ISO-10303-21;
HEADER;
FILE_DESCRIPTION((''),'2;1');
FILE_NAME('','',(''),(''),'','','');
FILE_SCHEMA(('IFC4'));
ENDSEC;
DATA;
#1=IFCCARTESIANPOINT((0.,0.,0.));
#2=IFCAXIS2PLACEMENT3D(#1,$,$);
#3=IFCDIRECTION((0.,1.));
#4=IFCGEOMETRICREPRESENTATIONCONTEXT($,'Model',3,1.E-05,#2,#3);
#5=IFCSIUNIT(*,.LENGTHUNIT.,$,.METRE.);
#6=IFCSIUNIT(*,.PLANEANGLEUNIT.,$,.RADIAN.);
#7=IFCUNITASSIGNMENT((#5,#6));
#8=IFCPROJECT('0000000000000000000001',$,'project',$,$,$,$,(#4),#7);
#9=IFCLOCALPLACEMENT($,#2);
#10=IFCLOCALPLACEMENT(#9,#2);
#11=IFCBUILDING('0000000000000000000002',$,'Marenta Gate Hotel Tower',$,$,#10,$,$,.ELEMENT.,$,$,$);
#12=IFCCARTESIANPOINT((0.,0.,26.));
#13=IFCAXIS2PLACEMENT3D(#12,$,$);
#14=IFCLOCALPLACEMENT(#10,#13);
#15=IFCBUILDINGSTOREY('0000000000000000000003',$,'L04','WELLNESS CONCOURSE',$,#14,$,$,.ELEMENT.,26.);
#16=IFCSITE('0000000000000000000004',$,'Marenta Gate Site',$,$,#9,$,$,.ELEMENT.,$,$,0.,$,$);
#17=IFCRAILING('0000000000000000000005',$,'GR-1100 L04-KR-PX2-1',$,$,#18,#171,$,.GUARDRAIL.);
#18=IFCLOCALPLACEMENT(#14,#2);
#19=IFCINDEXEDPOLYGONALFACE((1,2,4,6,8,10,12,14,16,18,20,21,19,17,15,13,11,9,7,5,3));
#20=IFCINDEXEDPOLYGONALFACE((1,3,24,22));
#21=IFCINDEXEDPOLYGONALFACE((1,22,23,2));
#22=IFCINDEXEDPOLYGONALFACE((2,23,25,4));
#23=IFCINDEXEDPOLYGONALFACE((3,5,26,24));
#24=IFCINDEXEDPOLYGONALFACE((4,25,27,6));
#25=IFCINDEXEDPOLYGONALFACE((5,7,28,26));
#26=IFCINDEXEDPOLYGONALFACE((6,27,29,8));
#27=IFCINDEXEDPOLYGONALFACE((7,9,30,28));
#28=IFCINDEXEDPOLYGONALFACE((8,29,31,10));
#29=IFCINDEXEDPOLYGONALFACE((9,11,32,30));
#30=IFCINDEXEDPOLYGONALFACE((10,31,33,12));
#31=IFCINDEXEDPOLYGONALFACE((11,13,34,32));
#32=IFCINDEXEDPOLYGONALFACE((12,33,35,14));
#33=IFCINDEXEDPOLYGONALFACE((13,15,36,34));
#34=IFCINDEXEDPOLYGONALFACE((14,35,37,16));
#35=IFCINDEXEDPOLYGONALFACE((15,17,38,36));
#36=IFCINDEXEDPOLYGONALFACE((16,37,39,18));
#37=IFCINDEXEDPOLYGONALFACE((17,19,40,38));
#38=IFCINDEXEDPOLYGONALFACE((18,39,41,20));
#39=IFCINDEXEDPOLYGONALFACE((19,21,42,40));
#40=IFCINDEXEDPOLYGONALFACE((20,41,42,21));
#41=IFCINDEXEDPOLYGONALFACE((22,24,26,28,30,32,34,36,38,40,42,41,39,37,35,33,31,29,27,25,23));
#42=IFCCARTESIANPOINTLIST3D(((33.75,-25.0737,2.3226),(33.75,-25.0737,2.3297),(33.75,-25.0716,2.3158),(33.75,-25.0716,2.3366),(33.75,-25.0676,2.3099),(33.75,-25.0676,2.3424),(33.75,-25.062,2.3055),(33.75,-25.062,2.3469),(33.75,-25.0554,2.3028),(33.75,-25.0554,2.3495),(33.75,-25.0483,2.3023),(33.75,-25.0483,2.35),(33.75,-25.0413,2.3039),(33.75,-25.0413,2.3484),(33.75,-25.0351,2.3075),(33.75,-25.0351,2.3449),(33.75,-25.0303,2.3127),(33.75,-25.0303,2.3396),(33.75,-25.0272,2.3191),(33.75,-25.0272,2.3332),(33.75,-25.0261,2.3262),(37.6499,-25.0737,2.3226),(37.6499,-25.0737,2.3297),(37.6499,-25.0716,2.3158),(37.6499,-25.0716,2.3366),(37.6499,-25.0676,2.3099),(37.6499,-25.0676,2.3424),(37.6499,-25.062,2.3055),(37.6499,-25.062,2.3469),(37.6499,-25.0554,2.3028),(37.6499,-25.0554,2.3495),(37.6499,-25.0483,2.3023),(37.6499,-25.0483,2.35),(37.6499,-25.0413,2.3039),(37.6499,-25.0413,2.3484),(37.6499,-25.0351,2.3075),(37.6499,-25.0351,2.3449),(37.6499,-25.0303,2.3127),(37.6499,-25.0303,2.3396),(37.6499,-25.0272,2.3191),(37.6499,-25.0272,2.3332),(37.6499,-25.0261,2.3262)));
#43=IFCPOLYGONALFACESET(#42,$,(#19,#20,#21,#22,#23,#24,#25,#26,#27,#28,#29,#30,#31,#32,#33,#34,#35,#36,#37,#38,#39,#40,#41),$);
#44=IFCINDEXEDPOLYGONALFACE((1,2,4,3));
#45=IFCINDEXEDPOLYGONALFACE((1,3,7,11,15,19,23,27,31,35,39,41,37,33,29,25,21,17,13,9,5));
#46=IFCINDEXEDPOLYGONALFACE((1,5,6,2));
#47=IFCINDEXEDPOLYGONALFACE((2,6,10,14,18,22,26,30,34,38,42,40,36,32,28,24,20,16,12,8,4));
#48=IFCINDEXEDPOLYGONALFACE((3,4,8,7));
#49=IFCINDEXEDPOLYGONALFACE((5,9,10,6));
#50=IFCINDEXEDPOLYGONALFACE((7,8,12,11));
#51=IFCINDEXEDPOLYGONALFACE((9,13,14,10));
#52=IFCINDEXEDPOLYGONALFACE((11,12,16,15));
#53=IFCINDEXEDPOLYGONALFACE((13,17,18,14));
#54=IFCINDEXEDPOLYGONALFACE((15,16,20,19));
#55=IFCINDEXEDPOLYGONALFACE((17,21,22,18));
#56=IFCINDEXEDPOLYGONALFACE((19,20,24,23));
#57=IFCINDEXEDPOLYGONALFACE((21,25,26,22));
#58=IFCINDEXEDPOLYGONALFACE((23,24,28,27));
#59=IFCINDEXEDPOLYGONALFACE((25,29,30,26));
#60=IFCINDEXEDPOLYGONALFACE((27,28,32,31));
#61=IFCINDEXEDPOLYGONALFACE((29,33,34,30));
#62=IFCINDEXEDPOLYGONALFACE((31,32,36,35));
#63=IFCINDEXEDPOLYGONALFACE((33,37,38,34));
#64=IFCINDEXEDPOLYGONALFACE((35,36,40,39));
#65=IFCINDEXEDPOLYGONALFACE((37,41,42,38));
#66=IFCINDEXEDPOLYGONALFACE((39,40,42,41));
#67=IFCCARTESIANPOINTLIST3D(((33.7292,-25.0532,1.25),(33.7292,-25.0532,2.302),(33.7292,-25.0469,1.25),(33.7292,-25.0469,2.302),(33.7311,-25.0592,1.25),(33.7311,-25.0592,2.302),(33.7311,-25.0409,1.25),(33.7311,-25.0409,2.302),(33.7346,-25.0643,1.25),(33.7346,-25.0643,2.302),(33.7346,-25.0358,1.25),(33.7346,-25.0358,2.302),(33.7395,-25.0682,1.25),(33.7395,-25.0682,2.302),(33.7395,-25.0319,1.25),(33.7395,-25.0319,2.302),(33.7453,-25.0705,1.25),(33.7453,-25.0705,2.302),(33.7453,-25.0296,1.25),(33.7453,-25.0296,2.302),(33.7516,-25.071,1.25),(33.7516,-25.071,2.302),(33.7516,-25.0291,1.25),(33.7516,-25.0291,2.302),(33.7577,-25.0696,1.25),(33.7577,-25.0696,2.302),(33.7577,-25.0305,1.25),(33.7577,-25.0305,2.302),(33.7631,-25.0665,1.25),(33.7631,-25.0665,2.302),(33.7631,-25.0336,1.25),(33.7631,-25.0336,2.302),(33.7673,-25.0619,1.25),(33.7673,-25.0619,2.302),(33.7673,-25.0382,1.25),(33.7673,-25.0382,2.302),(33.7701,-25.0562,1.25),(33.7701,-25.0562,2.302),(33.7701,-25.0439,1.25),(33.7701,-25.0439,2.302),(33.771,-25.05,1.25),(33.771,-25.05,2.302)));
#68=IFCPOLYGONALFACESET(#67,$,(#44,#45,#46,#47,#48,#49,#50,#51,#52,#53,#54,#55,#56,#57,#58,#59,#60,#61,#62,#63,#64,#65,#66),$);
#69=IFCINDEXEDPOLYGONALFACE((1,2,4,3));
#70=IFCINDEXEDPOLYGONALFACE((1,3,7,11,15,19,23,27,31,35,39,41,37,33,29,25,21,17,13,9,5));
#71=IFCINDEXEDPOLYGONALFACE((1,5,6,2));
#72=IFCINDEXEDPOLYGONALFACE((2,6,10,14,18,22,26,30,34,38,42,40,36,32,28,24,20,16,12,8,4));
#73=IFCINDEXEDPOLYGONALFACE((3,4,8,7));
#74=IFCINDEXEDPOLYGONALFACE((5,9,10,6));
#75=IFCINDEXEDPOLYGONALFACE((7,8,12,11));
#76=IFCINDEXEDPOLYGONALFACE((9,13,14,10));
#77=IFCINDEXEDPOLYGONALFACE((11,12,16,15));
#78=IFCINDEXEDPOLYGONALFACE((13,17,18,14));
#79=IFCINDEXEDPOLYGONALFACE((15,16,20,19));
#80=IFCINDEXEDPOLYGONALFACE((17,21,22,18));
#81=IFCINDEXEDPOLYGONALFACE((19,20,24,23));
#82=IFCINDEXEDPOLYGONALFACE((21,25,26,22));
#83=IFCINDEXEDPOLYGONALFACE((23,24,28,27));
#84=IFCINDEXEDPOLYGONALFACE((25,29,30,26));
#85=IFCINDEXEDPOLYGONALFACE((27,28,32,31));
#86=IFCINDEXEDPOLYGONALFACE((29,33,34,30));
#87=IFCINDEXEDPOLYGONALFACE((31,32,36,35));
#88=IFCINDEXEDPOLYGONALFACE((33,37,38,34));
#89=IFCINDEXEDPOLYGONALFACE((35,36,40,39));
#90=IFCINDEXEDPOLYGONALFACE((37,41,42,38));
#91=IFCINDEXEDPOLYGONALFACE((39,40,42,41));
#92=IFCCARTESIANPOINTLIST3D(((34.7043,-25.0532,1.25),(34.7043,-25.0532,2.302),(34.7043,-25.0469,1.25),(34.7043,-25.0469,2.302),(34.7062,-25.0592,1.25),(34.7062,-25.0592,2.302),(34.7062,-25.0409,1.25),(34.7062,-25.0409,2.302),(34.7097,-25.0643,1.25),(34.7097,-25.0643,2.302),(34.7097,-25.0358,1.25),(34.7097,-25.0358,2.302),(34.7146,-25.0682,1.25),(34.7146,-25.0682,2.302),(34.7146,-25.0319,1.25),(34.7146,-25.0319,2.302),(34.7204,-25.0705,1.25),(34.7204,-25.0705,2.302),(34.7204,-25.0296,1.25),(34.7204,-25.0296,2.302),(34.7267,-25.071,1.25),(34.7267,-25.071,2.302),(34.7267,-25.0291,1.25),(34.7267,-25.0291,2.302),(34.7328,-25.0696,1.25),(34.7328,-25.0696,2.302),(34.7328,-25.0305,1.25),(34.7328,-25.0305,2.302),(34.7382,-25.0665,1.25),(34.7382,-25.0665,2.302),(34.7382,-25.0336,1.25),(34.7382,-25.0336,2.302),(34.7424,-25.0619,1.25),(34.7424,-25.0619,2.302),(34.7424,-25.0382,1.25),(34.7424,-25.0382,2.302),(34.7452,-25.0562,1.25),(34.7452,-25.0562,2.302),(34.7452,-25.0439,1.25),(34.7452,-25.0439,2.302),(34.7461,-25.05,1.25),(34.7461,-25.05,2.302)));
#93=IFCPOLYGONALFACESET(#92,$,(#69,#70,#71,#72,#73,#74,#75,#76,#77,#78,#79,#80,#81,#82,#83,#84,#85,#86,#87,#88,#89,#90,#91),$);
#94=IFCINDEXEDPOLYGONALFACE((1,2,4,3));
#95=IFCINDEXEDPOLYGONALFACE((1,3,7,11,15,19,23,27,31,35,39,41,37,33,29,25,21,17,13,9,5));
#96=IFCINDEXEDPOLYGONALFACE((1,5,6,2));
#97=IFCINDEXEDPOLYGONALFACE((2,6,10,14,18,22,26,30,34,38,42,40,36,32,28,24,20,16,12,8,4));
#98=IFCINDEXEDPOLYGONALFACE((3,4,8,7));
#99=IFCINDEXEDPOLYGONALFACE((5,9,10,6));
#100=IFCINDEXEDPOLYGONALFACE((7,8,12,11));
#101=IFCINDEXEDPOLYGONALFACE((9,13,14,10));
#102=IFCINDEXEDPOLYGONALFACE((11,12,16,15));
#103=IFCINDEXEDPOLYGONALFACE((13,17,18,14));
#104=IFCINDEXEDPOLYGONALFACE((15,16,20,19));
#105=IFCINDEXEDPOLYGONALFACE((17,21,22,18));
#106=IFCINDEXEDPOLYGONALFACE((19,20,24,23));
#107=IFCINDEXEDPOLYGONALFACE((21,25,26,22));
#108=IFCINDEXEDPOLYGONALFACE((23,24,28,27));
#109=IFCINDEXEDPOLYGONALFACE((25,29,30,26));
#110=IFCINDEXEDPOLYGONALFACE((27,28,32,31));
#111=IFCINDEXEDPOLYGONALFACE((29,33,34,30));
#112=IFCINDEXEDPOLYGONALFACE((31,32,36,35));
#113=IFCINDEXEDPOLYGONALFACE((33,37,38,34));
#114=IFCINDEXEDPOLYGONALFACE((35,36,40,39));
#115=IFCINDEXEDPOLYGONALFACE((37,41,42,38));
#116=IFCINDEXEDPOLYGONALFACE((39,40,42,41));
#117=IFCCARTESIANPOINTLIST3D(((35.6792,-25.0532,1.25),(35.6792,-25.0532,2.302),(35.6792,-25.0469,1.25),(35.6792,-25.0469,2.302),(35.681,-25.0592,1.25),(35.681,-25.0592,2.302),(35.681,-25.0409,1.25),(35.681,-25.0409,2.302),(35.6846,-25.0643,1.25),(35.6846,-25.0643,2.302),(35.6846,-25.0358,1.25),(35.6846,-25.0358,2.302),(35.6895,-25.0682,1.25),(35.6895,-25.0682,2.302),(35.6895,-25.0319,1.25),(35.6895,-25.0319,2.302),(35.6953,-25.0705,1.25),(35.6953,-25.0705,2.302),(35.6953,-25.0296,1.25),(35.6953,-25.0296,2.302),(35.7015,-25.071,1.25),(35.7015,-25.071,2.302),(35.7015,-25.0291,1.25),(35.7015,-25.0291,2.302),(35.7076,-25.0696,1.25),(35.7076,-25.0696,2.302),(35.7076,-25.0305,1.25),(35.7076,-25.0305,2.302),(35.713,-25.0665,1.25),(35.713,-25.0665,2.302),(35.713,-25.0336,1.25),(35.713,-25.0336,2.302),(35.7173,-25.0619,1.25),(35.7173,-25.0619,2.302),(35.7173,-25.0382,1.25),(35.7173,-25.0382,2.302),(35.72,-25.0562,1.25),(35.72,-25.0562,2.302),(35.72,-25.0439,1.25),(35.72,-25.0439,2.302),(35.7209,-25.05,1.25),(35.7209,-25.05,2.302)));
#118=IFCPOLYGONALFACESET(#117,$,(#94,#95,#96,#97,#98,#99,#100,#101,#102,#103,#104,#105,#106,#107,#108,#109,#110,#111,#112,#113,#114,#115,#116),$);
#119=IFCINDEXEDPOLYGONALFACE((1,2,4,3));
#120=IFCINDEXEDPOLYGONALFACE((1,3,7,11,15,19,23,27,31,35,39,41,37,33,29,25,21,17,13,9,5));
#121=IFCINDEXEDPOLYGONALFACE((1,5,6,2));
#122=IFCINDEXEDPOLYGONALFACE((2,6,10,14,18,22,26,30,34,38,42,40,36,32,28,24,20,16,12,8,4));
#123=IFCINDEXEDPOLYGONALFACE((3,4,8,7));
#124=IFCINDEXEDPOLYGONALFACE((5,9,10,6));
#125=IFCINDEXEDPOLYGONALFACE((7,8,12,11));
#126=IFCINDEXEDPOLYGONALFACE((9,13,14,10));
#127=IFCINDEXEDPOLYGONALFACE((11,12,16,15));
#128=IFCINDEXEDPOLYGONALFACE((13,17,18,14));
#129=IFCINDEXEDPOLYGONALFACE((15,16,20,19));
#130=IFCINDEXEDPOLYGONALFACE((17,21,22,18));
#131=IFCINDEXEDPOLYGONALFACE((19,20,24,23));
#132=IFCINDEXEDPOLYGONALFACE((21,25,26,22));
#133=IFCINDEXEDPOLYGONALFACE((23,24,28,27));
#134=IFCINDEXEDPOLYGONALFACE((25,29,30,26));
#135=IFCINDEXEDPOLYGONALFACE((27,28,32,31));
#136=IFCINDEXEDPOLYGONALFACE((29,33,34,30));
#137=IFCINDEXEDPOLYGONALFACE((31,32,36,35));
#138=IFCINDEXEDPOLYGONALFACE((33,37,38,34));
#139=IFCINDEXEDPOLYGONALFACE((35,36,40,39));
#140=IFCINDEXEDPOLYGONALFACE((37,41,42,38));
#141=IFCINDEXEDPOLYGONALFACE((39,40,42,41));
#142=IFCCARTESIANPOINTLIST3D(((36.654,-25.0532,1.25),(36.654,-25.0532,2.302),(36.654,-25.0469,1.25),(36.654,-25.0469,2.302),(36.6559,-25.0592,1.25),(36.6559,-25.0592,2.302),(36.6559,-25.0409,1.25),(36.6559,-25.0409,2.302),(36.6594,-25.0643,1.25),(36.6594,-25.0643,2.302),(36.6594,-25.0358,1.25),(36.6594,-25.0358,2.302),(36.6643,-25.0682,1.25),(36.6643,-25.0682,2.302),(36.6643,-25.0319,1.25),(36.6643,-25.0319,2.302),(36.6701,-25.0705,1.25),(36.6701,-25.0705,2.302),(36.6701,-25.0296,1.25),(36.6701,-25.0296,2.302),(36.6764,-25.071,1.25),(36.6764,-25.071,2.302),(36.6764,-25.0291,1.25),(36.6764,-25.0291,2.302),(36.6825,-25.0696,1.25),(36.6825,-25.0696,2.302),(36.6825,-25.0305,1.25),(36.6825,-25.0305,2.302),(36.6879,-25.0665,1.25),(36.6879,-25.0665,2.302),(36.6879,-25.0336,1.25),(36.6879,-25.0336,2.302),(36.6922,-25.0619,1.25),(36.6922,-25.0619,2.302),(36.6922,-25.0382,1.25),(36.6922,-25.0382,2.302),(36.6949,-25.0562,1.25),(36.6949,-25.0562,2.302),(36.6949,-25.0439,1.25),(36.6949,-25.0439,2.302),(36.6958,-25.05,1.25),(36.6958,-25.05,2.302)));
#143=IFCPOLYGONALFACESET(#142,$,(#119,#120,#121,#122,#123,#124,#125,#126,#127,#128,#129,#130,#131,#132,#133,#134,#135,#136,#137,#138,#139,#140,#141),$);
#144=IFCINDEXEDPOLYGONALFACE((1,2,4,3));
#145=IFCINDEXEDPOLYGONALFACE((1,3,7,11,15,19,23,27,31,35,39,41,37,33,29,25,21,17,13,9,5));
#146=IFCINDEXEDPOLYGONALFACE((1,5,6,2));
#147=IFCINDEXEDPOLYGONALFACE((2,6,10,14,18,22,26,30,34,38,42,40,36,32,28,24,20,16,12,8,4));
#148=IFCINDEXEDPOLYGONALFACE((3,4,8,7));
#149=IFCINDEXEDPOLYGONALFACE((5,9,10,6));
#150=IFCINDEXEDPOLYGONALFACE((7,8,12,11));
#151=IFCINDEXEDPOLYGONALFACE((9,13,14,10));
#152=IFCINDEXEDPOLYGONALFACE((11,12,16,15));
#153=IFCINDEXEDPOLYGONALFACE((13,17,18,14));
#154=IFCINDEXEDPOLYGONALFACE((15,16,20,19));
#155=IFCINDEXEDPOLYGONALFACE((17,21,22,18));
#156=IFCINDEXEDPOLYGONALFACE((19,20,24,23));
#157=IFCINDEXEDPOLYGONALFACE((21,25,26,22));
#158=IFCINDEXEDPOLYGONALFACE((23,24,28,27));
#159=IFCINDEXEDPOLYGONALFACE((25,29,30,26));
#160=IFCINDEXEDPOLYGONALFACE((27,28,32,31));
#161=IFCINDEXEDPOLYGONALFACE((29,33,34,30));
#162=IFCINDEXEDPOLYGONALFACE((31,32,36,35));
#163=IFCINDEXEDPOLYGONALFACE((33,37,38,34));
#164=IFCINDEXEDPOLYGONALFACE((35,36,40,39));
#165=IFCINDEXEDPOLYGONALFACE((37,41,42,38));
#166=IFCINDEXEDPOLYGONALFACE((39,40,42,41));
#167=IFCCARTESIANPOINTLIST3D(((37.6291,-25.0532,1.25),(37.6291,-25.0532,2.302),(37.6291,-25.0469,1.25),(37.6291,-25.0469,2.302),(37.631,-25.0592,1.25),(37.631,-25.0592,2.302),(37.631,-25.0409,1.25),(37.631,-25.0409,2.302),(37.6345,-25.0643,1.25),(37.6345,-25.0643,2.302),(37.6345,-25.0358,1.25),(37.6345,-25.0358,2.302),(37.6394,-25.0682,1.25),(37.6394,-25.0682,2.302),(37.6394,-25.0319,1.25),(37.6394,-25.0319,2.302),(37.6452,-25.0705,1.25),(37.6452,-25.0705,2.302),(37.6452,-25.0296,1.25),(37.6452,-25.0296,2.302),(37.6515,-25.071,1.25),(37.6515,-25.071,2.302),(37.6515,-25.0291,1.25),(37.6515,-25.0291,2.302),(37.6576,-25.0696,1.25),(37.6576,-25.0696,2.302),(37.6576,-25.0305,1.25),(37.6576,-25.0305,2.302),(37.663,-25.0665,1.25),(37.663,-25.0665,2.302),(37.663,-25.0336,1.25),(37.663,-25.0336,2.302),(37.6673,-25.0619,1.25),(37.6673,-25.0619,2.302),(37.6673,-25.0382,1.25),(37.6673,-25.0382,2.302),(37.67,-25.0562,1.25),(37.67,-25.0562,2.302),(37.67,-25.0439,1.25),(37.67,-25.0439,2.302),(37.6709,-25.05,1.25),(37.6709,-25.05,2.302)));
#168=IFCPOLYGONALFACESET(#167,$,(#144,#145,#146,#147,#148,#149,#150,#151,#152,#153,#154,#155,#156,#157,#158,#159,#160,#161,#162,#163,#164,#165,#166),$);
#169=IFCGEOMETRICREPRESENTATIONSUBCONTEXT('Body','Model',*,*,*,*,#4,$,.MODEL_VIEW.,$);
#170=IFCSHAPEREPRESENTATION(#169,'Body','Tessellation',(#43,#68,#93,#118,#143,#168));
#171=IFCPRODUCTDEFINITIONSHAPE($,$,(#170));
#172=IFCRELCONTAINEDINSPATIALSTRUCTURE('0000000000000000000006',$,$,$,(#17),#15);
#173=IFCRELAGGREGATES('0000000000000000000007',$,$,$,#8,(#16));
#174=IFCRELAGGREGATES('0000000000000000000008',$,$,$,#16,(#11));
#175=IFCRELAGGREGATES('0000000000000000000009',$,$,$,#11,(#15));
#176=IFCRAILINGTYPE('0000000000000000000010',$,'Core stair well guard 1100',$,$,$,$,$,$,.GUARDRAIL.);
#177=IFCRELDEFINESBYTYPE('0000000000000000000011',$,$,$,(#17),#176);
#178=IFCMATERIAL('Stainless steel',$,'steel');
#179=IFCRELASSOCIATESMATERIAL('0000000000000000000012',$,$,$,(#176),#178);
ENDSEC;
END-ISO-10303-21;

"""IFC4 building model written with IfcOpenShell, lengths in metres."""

from ifc_helpers import new_model, si_unit, direction, frame, origin, origin_2d, place, context, subcontext, project, spatial, circle, extrude, material, type_object, element, save


model = new_model("IFC4")

# Units and contexts
model_context = context("Model", 3, precision=1e-05, world=origin(), true_north=direction((0.0, 1.0)))
body_context = subcontext(model_context, "Body", "Model", "MODEL_VIEW")
ifc_project = project(units=[si_unit("LENGTHUNIT", "METRE"), si_unit("PLANEANGLEUNIT", "RADIAN")], contexts=[model_context])

# Site, building, storey
site_placement = place(None, origin())
site = spatial("IfcSite", under=ifc_project, at=site_placement, Name="Marenta Gate Site", CompositionType="ELEMENT", RefElevation=0.0)
building_placement = place(site_placement, origin())
building = spatial("IfcBuilding", under=site, at=building_placement, Name="Marenta Gate Hotel Tower", CompositionType="ELEMENT")
storey_placement = place(building_placement, frame((0.0, 0.0, 26.0)))
storey = spatial("IfcBuildingStorey", under=building, at=storey_placement, Name="L04", Description="WELLNESS CONCOURSE", CompositionType="ELEMENT", Elevation=26.0)

# Railing
ifc_material_1 = material(Name="Stainless steel", Category="steel")
railing_type_1 = type_object("IfcRailingType", Name="Core stair well guard 1100", PredefinedType="GUARDRAIL", material=ifc_material_1)
railing_1_placement = place(storey_placement, frame((33.75, -25.05, 1.25)))
element("IfcRailing", 1, at=railing_1_placement, inside=storey, type_object=railing_type_1, Name="GR-1100 L04-KR-PX2-1", PredefinedType="GUARDRAIL", context=body_context, shape_type="SweptSolid", body=[
    extrude(circle(Radius=0.0239, at=origin_2d()), frame((0.0, 0.0, 1.0762), z_axis=(1.0, 0.0, 0.0), x_axis=(0.0, 1.0, 0.0)), (0.0, 0.0, 1.0), 3.8999),
    extrude(circle(Radius=0.021, at=origin_2d()), origin(), (0.0, 0.0, 1.0), 1.052),
    extrude(circle(Radius=0.021, at=origin_2d()), frame((0.9751, 0.0, 0.0)), (0.0, 0.0, 1.0), 1.052),
    extrude(circle(Radius=0.021, at=origin_2d()), frame((1.95, 0.0, 0.0)), (0.0, 0.0, 1.0), 1.052),
    extrude(circle(Radius=0.021, at=origin_2d()), frame((2.9248, 0.0, 0.0)), (0.0, 0.0, 1.0), 1.052),
    extrude(circle(Radius=0.021, at=origin_2d()), frame((3.8999, 0.0, 0.0)), (0.0, 0.0, 1.0), 1.052),
])

save(model, "model.ifc")
